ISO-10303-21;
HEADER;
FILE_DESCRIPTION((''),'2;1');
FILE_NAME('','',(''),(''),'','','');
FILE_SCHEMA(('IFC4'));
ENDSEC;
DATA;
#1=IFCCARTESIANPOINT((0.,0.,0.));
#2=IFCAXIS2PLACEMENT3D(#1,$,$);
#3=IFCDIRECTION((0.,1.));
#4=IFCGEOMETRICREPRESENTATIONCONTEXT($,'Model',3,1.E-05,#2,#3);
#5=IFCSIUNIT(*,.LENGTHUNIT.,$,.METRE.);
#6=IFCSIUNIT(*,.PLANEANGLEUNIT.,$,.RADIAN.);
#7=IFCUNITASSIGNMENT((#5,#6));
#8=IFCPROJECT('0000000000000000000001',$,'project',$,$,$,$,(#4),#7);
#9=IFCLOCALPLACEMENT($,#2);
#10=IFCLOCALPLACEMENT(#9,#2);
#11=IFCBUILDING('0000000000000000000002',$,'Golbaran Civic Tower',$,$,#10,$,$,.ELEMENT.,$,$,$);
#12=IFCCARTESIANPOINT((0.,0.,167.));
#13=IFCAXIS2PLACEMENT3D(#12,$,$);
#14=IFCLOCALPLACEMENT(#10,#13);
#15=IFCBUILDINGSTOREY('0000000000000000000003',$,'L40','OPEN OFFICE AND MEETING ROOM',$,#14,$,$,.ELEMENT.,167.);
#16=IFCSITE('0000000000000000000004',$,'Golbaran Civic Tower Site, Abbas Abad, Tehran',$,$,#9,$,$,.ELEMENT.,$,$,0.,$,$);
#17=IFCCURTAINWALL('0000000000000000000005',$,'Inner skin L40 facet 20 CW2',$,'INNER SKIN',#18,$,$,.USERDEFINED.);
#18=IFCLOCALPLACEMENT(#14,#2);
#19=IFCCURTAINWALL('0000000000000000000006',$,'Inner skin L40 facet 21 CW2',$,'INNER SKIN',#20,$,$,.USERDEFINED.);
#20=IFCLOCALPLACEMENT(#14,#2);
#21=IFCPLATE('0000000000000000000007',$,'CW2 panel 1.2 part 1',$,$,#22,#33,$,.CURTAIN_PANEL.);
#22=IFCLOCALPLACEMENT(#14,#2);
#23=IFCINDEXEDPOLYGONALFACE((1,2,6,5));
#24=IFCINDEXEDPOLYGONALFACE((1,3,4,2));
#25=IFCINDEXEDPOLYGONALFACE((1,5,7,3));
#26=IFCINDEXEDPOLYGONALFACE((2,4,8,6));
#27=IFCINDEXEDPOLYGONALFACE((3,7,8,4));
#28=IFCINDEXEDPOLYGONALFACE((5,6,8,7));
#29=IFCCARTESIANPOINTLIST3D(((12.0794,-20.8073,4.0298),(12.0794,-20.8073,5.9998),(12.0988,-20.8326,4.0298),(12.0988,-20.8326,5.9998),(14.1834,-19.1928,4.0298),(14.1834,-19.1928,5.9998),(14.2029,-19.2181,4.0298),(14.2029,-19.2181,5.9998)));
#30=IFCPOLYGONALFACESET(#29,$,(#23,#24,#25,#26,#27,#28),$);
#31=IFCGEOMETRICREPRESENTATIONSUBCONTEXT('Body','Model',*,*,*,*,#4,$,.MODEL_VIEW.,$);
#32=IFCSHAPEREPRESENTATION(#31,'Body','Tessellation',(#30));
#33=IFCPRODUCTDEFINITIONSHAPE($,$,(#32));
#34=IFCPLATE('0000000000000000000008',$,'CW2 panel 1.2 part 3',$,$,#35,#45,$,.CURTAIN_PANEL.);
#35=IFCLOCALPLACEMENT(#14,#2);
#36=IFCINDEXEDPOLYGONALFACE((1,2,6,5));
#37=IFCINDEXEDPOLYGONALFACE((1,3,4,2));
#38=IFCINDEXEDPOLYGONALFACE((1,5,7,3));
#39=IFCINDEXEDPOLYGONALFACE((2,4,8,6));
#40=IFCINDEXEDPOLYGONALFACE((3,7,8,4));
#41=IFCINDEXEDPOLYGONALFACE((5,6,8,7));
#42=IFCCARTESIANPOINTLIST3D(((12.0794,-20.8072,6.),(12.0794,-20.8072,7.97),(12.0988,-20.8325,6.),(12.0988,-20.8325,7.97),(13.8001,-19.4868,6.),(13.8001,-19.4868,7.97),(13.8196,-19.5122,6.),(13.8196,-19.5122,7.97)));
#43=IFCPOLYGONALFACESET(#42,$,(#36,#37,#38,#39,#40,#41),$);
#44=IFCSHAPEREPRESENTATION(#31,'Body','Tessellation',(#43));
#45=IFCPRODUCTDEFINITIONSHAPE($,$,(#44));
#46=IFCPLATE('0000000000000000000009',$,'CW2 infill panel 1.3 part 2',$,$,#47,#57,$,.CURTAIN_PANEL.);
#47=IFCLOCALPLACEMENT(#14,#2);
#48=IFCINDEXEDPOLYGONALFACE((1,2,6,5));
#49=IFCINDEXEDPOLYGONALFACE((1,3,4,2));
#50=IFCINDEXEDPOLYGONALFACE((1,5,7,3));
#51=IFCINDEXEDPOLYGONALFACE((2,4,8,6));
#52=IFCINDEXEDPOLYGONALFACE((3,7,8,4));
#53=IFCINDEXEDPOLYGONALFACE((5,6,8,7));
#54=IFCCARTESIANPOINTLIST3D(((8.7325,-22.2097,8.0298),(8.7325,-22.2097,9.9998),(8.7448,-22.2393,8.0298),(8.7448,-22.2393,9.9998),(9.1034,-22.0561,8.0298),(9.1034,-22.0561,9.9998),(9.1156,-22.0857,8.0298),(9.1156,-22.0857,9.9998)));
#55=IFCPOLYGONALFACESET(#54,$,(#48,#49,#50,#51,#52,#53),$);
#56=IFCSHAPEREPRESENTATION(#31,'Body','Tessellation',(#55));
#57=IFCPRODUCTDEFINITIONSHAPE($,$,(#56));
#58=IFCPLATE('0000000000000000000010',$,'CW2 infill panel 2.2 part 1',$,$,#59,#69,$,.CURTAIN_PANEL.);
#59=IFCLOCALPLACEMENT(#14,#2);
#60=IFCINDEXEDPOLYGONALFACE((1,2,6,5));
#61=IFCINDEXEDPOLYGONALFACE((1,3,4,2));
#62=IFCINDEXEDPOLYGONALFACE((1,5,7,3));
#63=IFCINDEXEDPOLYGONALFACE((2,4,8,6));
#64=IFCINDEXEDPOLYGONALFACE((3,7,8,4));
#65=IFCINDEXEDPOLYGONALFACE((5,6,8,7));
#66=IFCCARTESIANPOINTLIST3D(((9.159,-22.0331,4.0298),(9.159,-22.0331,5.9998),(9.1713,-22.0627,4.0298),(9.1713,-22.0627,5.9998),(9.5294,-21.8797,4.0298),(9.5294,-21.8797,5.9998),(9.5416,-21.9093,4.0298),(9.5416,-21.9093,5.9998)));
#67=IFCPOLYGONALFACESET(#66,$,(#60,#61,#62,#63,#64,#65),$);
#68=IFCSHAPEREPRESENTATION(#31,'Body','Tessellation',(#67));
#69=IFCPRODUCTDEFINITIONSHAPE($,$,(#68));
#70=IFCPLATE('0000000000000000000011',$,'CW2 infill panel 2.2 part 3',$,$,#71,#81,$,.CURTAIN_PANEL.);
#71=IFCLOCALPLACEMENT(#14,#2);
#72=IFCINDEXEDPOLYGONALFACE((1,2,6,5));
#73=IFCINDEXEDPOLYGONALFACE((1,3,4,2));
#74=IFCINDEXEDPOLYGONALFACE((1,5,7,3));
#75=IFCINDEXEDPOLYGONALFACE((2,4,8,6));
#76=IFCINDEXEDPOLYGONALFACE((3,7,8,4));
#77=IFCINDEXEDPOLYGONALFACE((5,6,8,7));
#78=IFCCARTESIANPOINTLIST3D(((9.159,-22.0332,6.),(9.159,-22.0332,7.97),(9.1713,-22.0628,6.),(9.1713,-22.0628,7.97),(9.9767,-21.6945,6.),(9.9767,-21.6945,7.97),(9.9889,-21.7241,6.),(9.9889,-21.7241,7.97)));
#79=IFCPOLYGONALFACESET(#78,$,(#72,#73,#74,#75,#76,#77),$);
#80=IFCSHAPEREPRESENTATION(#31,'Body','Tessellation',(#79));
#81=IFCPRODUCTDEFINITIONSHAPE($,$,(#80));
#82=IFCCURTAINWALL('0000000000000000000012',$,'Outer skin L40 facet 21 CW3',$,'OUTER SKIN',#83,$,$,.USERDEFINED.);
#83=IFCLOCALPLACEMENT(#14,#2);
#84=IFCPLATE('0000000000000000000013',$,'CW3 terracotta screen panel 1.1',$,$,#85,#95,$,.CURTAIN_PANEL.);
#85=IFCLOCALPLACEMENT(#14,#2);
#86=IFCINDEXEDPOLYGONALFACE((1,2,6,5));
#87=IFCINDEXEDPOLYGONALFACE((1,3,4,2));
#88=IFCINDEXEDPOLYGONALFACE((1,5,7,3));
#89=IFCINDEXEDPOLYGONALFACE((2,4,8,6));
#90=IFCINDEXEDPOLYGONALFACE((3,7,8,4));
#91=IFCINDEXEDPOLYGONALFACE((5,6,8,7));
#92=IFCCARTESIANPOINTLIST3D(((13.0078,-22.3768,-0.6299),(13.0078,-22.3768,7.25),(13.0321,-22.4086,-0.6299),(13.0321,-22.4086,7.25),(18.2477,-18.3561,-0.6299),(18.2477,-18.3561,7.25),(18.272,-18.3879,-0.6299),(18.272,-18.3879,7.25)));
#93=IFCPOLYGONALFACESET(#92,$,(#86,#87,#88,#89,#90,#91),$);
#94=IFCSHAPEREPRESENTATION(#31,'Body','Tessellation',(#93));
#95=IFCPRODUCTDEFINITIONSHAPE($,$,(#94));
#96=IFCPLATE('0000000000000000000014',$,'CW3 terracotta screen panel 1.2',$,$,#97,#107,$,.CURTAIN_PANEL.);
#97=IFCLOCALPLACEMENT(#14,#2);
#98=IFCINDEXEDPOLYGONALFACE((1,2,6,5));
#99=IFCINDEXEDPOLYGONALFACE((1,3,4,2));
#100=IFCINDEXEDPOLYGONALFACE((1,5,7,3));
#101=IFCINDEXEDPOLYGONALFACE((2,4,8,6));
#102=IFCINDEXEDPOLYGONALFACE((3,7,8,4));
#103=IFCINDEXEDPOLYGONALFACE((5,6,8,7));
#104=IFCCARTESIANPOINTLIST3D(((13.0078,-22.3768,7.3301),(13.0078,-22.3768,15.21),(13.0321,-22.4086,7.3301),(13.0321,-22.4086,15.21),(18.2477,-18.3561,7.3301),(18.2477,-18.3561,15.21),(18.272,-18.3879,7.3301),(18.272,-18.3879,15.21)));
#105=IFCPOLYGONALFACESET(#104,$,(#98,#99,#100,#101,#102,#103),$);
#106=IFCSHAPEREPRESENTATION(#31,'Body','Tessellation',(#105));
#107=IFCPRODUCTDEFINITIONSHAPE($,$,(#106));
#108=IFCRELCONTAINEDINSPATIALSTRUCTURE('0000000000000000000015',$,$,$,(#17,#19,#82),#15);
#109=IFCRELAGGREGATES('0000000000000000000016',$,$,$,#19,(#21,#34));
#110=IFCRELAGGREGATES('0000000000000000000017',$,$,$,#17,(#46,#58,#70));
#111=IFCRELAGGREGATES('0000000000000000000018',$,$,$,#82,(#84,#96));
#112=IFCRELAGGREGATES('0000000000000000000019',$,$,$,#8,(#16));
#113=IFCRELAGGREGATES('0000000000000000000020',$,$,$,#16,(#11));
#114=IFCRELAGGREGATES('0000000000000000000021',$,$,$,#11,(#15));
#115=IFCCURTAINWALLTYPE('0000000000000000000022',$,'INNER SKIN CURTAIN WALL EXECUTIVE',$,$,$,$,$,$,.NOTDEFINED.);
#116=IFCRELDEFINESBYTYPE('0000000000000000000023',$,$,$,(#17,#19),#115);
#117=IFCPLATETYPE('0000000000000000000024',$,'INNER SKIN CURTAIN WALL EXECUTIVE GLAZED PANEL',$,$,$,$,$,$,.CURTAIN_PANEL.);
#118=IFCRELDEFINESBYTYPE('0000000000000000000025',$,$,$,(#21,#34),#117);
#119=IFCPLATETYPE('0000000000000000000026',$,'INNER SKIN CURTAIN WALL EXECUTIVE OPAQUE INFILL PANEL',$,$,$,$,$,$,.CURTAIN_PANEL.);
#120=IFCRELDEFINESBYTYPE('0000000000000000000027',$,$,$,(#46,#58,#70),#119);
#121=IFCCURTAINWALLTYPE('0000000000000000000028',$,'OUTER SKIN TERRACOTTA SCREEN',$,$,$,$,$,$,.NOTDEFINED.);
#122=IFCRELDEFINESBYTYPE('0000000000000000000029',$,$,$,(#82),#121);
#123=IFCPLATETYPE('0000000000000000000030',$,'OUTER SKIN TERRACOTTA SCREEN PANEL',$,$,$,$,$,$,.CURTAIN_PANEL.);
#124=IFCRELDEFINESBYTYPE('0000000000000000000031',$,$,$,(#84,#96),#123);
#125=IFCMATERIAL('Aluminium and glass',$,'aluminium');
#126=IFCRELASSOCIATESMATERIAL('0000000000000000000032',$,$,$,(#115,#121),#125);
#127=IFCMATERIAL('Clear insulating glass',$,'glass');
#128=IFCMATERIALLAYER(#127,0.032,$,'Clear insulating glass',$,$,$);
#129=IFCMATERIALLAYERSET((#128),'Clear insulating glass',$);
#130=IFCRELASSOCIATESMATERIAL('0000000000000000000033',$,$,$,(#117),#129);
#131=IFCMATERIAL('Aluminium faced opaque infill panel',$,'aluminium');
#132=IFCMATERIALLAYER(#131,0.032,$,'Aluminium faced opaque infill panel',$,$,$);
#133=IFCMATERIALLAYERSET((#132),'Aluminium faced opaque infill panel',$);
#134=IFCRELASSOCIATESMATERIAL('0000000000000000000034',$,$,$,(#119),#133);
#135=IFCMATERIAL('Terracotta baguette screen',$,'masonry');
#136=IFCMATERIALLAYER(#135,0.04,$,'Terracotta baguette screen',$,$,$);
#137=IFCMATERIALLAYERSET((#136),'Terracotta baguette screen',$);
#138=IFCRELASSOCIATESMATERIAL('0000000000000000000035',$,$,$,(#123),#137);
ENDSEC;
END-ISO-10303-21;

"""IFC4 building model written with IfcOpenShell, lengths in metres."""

from ifc_helpers import new_model, si_unit, direction, frame, origin, origin_2d, place, context, subcontext, project, spatial, rectangle, extrude, material, layer, layer_set, type_object, element, aggregate, save


model = new_model("IFC4")

# Units and contexts
model_context = context("Model", 3, precision=1e-05, world=origin(), true_north=direction((0.0, 1.0)))
body_context = subcontext(model_context, "Body", "Model", "MODEL_VIEW")
ifc_project = project(units=[si_unit("LENGTHUNIT", "METRE"), si_unit("PLANEANGLEUNIT", "RADIAN")], contexts=[model_context])

# Site, building, storey
site_placement = place(None, origin())
site = spatial("IfcSite", under=ifc_project, at=site_placement, Name="Golbaran Civic Tower Site, Abbas Abad, Tehran", CompositionType="ELEMENT", RefElevation=0.0)
building_placement = place(site_placement, origin())
building = spatial("IfcBuilding", under=site, at=building_placement, Name="Golbaran Civic Tower", CompositionType="ELEMENT")
storey_placement = place(building_placement, frame((0.0, 0.0, 167.0)))
storey = spatial("IfcBuildingStorey", under=building, at=storey_placement, Name="L40", Description="OPEN OFFICE AND MEETING ROOM", CompositionType="ELEMENT", Elevation=167.0)

# Curtain wall
ifc_material_1 = material(Name="Aluminium and glass", Category="aluminium")
curtain_wall_type_1 = type_object("IfcCurtainWallType", Name="INNER SKIN CURTAIN WALL EXECUTIVE", PredefinedType="NOTDEFINED", material=ifc_material_1)
curtain_wall_1_placement = place(storey_placement, origin())
curtain_wall_1 = element("IfcCurtainWall", 1, at=curtain_wall_1_placement, inside=storey, type_object=curtain_wall_type_1, Name="Inner skin L40 facet 20 CW2", ObjectType="INNER SKIN", PredefinedType="USERDEFINED")

# Curtain wall
curtain_wall_2_placement = place(storey_placement, origin())
curtain_wall_2 = element("IfcCurtainWall", 2, at=curtain_wall_2_placement, inside=storey, type_object=curtain_wall_type_1, Name="Inner skin L40 facet 21 CW2", ObjectType="INNER SKIN", PredefinedType="USERDEFINED")

# Plates
ifc_material_2 = material(Name="Clear insulating glass", Category="glass")
ifc_layer_1 = layer(ifc_material_2, 0.032, Name="Clear insulating glass")
ifc_layer_set_1 = layer_set([ifc_layer_1], Name="Clear insulating glass")
plate_type_1 = type_object("IfcPlateType", Name="INNER SKIN CURTAIN WALL EXECUTIVE GLAZED PANEL", PredefinedType="CURTAIN_PANEL", material=ifc_layer_set_1)
plate_1_placement = place(storey_placement, frame((13.1411, -20.0127, 4.0298), z_axis=(0.0, 0.0, 1.0), x_axis=(0.793353, 0.608761, 0.0)))
plate_1 = element("IfcPlate", 3, at=plate_1_placement, type_object=plate_type_1, Name="CW2 panel 1.2 part 1", PredefinedType="CURTAIN_PANEL", context=body_context, shape_type="SweptSolid", body=[
    extrude(rectangle(XDim=2.6521, YDim=0.032, at=origin_2d()), origin(), (0.0, 0.0, 1.0), 1.97),
])
plate_2_placement = place(storey_placement, frame((12.9495, -20.1597, 6.0), z_axis=(0.0, 0.0, 1.0), x_axis=(0.793353, 0.608761, 0.0)))
plate_2 = element("IfcPlate", 4, at=plate_2_placement, type_object=plate_type_1, Name="CW2 panel 1.2 part 3", PredefinedType="CURTAIN_PANEL", context=body_context, shape_type="SweptSolid", body=[
    extrude(rectangle(XDim=2.1689, YDim=0.032, at=origin_2d()), origin(), (0.0, 0.0, 1.0), 1.97),
])
aggregate(curtain_wall_2, [plate_1, plate_2])
ifc_material_3 = material(Name="Aluminium faced opaque infill panel", Category="aluminium")
ifc_layer_2 = layer(ifc_material_3, 0.032, Name="Aluminium faced opaque infill panel")
ifc_layer_set_2 = layer_set([ifc_layer_2], Name="Aluminium faced opaque infill panel")
plate_type_2 = type_object("IfcPlateType", Name="INNER SKIN CURTAIN WALL EXECUTIVE OPAQUE INFILL PANEL", PredefinedType="CURTAIN_PANEL", material=ifc_layer_set_2)
plate_3_placement = place(storey_placement, frame((8.9241, -22.1477, 8.0298), z_axis=(0.0, 0.0, 1.0), x_axis=(0.92388, 0.382683, 0.0)))
plate_3 = element("IfcPlate", 5, at=plate_3_placement, type_object=plate_type_2, Name="CW2 infill panel 1.3 part 2", PredefinedType="CURTAIN_PANEL", context=body_context, shape_type="SweptSolid", body=[
    extrude(rectangle(XDim=0.4014, YDim=0.032, at=origin_2d()), origin(), (0.0, 0.0, 1.0), 1.97),
])
plate_4_placement = place(storey_placement, frame((9.3503, -21.9712, 4.0298), z_axis=(0.0, 0.0, 1.0), x_axis=(0.92388, 0.382683, 0.0)))
plate_4 = element("IfcPlate", 6, at=plate_4_placement, type_object=plate_type_2, Name="CW2 infill panel 2.2 part 1", PredefinedType="CURTAIN_PANEL", context=body_context, shape_type="SweptSolid", body=[
    extrude(rectangle(XDim=0.4009, YDim=0.032, at=origin_2d()), origin(), (0.0, 0.0, 1.0), 1.97),
])
plate_5_placement = place(storey_placement, frame((9.574, -21.8787, 6.0), z_axis=(0.0, 0.0, 1.0), x_axis=(0.92388, 0.382683, 0.0)))
plate_5 = element("IfcPlate", 7, at=plate_5_placement, type_object=plate_type_2, Name="CW2 infill panel 2.2 part 3", PredefinedType="CURTAIN_PANEL", context=body_context, shape_type="SweptSolid", body=[
    extrude(rectangle(XDim=0.885, YDim=0.032, at=origin_2d()), origin(), (0.0, 0.0, 1.0), 1.97),
])
aggregate(curtain_wall_1, [plate_3, plate_4, plate_5])

# Curtain wall, plates
curtain_wall_type_2 = type_object("IfcCurtainWallType", Name="OUTER SKIN TERRACOTTA SCREEN", PredefinedType="NOTDEFINED", material=ifc_material_1)
curtain_wall_3_placement = place(storey_placement, origin())
curtain_wall_3 = element("IfcCurtainWall", 8, at=curtain_wall_3_placement, inside=storey, type_object=curtain_wall_type_2, Name="Outer skin L40 facet 21 CW3", ObjectType="OUTER SKIN", PredefinedType="USERDEFINED")
ifc_material_4 = material(Name="Terracotta baguette screen", Category="masonry")
ifc_layer_3 = layer(ifc_material_4, 0.04, Name="Terracotta baguette screen")
ifc_layer_set_3 = layer_set([ifc_layer_3], Name="Terracotta baguette screen")
plate_type_3 = type_object("IfcPlateType", Name="OUTER SKIN TERRACOTTA SCREEN PANEL", PredefinedType="CURTAIN_PANEL", material=ifc_layer_set_3)
plate_6_placement = place(storey_placement, frame((15.6399, -20.3823, -0.6299), z_axis=(0.0, 0.0, 1.0), x_axis=(0.793353, 0.608761, 0.0)))
plate_6 = element("IfcPlate", 9, at=plate_6_placement, type_object=plate_type_3, Name="CW3 terracotta screen panel 1.1", PredefinedType="CURTAIN_PANEL", context=body_context, shape_type="SweptSolid", body=[
    extrude(rectangle(XDim=6.6047, YDim=0.04, at=origin_2d()), origin(), (0.0, 0.0, 1.0), 7.8799),
])
plate_7_placement = place(storey_placement, frame((15.6399, -20.3823, 7.3301), z_axis=(0.0, 0.0, 1.0), x_axis=(0.793353, 0.608761, 0.0)))
plate_7 = element("IfcPlate", 10, at=plate_7_placement, type_object=plate_type_3, Name="CW3 terracotta screen panel 1.2", PredefinedType="CURTAIN_PANEL", context=body_context, shape_type="SweptSolid", body=[
    extrude(rectangle(XDim=6.6047, YDim=0.04, at=origin_2d()), origin(), (0.0, 0.0, 1.0), 7.8799),
])
aggregate(curtain_wall_3, [plate_6, plate_7])

save(model, "model.ifc")
